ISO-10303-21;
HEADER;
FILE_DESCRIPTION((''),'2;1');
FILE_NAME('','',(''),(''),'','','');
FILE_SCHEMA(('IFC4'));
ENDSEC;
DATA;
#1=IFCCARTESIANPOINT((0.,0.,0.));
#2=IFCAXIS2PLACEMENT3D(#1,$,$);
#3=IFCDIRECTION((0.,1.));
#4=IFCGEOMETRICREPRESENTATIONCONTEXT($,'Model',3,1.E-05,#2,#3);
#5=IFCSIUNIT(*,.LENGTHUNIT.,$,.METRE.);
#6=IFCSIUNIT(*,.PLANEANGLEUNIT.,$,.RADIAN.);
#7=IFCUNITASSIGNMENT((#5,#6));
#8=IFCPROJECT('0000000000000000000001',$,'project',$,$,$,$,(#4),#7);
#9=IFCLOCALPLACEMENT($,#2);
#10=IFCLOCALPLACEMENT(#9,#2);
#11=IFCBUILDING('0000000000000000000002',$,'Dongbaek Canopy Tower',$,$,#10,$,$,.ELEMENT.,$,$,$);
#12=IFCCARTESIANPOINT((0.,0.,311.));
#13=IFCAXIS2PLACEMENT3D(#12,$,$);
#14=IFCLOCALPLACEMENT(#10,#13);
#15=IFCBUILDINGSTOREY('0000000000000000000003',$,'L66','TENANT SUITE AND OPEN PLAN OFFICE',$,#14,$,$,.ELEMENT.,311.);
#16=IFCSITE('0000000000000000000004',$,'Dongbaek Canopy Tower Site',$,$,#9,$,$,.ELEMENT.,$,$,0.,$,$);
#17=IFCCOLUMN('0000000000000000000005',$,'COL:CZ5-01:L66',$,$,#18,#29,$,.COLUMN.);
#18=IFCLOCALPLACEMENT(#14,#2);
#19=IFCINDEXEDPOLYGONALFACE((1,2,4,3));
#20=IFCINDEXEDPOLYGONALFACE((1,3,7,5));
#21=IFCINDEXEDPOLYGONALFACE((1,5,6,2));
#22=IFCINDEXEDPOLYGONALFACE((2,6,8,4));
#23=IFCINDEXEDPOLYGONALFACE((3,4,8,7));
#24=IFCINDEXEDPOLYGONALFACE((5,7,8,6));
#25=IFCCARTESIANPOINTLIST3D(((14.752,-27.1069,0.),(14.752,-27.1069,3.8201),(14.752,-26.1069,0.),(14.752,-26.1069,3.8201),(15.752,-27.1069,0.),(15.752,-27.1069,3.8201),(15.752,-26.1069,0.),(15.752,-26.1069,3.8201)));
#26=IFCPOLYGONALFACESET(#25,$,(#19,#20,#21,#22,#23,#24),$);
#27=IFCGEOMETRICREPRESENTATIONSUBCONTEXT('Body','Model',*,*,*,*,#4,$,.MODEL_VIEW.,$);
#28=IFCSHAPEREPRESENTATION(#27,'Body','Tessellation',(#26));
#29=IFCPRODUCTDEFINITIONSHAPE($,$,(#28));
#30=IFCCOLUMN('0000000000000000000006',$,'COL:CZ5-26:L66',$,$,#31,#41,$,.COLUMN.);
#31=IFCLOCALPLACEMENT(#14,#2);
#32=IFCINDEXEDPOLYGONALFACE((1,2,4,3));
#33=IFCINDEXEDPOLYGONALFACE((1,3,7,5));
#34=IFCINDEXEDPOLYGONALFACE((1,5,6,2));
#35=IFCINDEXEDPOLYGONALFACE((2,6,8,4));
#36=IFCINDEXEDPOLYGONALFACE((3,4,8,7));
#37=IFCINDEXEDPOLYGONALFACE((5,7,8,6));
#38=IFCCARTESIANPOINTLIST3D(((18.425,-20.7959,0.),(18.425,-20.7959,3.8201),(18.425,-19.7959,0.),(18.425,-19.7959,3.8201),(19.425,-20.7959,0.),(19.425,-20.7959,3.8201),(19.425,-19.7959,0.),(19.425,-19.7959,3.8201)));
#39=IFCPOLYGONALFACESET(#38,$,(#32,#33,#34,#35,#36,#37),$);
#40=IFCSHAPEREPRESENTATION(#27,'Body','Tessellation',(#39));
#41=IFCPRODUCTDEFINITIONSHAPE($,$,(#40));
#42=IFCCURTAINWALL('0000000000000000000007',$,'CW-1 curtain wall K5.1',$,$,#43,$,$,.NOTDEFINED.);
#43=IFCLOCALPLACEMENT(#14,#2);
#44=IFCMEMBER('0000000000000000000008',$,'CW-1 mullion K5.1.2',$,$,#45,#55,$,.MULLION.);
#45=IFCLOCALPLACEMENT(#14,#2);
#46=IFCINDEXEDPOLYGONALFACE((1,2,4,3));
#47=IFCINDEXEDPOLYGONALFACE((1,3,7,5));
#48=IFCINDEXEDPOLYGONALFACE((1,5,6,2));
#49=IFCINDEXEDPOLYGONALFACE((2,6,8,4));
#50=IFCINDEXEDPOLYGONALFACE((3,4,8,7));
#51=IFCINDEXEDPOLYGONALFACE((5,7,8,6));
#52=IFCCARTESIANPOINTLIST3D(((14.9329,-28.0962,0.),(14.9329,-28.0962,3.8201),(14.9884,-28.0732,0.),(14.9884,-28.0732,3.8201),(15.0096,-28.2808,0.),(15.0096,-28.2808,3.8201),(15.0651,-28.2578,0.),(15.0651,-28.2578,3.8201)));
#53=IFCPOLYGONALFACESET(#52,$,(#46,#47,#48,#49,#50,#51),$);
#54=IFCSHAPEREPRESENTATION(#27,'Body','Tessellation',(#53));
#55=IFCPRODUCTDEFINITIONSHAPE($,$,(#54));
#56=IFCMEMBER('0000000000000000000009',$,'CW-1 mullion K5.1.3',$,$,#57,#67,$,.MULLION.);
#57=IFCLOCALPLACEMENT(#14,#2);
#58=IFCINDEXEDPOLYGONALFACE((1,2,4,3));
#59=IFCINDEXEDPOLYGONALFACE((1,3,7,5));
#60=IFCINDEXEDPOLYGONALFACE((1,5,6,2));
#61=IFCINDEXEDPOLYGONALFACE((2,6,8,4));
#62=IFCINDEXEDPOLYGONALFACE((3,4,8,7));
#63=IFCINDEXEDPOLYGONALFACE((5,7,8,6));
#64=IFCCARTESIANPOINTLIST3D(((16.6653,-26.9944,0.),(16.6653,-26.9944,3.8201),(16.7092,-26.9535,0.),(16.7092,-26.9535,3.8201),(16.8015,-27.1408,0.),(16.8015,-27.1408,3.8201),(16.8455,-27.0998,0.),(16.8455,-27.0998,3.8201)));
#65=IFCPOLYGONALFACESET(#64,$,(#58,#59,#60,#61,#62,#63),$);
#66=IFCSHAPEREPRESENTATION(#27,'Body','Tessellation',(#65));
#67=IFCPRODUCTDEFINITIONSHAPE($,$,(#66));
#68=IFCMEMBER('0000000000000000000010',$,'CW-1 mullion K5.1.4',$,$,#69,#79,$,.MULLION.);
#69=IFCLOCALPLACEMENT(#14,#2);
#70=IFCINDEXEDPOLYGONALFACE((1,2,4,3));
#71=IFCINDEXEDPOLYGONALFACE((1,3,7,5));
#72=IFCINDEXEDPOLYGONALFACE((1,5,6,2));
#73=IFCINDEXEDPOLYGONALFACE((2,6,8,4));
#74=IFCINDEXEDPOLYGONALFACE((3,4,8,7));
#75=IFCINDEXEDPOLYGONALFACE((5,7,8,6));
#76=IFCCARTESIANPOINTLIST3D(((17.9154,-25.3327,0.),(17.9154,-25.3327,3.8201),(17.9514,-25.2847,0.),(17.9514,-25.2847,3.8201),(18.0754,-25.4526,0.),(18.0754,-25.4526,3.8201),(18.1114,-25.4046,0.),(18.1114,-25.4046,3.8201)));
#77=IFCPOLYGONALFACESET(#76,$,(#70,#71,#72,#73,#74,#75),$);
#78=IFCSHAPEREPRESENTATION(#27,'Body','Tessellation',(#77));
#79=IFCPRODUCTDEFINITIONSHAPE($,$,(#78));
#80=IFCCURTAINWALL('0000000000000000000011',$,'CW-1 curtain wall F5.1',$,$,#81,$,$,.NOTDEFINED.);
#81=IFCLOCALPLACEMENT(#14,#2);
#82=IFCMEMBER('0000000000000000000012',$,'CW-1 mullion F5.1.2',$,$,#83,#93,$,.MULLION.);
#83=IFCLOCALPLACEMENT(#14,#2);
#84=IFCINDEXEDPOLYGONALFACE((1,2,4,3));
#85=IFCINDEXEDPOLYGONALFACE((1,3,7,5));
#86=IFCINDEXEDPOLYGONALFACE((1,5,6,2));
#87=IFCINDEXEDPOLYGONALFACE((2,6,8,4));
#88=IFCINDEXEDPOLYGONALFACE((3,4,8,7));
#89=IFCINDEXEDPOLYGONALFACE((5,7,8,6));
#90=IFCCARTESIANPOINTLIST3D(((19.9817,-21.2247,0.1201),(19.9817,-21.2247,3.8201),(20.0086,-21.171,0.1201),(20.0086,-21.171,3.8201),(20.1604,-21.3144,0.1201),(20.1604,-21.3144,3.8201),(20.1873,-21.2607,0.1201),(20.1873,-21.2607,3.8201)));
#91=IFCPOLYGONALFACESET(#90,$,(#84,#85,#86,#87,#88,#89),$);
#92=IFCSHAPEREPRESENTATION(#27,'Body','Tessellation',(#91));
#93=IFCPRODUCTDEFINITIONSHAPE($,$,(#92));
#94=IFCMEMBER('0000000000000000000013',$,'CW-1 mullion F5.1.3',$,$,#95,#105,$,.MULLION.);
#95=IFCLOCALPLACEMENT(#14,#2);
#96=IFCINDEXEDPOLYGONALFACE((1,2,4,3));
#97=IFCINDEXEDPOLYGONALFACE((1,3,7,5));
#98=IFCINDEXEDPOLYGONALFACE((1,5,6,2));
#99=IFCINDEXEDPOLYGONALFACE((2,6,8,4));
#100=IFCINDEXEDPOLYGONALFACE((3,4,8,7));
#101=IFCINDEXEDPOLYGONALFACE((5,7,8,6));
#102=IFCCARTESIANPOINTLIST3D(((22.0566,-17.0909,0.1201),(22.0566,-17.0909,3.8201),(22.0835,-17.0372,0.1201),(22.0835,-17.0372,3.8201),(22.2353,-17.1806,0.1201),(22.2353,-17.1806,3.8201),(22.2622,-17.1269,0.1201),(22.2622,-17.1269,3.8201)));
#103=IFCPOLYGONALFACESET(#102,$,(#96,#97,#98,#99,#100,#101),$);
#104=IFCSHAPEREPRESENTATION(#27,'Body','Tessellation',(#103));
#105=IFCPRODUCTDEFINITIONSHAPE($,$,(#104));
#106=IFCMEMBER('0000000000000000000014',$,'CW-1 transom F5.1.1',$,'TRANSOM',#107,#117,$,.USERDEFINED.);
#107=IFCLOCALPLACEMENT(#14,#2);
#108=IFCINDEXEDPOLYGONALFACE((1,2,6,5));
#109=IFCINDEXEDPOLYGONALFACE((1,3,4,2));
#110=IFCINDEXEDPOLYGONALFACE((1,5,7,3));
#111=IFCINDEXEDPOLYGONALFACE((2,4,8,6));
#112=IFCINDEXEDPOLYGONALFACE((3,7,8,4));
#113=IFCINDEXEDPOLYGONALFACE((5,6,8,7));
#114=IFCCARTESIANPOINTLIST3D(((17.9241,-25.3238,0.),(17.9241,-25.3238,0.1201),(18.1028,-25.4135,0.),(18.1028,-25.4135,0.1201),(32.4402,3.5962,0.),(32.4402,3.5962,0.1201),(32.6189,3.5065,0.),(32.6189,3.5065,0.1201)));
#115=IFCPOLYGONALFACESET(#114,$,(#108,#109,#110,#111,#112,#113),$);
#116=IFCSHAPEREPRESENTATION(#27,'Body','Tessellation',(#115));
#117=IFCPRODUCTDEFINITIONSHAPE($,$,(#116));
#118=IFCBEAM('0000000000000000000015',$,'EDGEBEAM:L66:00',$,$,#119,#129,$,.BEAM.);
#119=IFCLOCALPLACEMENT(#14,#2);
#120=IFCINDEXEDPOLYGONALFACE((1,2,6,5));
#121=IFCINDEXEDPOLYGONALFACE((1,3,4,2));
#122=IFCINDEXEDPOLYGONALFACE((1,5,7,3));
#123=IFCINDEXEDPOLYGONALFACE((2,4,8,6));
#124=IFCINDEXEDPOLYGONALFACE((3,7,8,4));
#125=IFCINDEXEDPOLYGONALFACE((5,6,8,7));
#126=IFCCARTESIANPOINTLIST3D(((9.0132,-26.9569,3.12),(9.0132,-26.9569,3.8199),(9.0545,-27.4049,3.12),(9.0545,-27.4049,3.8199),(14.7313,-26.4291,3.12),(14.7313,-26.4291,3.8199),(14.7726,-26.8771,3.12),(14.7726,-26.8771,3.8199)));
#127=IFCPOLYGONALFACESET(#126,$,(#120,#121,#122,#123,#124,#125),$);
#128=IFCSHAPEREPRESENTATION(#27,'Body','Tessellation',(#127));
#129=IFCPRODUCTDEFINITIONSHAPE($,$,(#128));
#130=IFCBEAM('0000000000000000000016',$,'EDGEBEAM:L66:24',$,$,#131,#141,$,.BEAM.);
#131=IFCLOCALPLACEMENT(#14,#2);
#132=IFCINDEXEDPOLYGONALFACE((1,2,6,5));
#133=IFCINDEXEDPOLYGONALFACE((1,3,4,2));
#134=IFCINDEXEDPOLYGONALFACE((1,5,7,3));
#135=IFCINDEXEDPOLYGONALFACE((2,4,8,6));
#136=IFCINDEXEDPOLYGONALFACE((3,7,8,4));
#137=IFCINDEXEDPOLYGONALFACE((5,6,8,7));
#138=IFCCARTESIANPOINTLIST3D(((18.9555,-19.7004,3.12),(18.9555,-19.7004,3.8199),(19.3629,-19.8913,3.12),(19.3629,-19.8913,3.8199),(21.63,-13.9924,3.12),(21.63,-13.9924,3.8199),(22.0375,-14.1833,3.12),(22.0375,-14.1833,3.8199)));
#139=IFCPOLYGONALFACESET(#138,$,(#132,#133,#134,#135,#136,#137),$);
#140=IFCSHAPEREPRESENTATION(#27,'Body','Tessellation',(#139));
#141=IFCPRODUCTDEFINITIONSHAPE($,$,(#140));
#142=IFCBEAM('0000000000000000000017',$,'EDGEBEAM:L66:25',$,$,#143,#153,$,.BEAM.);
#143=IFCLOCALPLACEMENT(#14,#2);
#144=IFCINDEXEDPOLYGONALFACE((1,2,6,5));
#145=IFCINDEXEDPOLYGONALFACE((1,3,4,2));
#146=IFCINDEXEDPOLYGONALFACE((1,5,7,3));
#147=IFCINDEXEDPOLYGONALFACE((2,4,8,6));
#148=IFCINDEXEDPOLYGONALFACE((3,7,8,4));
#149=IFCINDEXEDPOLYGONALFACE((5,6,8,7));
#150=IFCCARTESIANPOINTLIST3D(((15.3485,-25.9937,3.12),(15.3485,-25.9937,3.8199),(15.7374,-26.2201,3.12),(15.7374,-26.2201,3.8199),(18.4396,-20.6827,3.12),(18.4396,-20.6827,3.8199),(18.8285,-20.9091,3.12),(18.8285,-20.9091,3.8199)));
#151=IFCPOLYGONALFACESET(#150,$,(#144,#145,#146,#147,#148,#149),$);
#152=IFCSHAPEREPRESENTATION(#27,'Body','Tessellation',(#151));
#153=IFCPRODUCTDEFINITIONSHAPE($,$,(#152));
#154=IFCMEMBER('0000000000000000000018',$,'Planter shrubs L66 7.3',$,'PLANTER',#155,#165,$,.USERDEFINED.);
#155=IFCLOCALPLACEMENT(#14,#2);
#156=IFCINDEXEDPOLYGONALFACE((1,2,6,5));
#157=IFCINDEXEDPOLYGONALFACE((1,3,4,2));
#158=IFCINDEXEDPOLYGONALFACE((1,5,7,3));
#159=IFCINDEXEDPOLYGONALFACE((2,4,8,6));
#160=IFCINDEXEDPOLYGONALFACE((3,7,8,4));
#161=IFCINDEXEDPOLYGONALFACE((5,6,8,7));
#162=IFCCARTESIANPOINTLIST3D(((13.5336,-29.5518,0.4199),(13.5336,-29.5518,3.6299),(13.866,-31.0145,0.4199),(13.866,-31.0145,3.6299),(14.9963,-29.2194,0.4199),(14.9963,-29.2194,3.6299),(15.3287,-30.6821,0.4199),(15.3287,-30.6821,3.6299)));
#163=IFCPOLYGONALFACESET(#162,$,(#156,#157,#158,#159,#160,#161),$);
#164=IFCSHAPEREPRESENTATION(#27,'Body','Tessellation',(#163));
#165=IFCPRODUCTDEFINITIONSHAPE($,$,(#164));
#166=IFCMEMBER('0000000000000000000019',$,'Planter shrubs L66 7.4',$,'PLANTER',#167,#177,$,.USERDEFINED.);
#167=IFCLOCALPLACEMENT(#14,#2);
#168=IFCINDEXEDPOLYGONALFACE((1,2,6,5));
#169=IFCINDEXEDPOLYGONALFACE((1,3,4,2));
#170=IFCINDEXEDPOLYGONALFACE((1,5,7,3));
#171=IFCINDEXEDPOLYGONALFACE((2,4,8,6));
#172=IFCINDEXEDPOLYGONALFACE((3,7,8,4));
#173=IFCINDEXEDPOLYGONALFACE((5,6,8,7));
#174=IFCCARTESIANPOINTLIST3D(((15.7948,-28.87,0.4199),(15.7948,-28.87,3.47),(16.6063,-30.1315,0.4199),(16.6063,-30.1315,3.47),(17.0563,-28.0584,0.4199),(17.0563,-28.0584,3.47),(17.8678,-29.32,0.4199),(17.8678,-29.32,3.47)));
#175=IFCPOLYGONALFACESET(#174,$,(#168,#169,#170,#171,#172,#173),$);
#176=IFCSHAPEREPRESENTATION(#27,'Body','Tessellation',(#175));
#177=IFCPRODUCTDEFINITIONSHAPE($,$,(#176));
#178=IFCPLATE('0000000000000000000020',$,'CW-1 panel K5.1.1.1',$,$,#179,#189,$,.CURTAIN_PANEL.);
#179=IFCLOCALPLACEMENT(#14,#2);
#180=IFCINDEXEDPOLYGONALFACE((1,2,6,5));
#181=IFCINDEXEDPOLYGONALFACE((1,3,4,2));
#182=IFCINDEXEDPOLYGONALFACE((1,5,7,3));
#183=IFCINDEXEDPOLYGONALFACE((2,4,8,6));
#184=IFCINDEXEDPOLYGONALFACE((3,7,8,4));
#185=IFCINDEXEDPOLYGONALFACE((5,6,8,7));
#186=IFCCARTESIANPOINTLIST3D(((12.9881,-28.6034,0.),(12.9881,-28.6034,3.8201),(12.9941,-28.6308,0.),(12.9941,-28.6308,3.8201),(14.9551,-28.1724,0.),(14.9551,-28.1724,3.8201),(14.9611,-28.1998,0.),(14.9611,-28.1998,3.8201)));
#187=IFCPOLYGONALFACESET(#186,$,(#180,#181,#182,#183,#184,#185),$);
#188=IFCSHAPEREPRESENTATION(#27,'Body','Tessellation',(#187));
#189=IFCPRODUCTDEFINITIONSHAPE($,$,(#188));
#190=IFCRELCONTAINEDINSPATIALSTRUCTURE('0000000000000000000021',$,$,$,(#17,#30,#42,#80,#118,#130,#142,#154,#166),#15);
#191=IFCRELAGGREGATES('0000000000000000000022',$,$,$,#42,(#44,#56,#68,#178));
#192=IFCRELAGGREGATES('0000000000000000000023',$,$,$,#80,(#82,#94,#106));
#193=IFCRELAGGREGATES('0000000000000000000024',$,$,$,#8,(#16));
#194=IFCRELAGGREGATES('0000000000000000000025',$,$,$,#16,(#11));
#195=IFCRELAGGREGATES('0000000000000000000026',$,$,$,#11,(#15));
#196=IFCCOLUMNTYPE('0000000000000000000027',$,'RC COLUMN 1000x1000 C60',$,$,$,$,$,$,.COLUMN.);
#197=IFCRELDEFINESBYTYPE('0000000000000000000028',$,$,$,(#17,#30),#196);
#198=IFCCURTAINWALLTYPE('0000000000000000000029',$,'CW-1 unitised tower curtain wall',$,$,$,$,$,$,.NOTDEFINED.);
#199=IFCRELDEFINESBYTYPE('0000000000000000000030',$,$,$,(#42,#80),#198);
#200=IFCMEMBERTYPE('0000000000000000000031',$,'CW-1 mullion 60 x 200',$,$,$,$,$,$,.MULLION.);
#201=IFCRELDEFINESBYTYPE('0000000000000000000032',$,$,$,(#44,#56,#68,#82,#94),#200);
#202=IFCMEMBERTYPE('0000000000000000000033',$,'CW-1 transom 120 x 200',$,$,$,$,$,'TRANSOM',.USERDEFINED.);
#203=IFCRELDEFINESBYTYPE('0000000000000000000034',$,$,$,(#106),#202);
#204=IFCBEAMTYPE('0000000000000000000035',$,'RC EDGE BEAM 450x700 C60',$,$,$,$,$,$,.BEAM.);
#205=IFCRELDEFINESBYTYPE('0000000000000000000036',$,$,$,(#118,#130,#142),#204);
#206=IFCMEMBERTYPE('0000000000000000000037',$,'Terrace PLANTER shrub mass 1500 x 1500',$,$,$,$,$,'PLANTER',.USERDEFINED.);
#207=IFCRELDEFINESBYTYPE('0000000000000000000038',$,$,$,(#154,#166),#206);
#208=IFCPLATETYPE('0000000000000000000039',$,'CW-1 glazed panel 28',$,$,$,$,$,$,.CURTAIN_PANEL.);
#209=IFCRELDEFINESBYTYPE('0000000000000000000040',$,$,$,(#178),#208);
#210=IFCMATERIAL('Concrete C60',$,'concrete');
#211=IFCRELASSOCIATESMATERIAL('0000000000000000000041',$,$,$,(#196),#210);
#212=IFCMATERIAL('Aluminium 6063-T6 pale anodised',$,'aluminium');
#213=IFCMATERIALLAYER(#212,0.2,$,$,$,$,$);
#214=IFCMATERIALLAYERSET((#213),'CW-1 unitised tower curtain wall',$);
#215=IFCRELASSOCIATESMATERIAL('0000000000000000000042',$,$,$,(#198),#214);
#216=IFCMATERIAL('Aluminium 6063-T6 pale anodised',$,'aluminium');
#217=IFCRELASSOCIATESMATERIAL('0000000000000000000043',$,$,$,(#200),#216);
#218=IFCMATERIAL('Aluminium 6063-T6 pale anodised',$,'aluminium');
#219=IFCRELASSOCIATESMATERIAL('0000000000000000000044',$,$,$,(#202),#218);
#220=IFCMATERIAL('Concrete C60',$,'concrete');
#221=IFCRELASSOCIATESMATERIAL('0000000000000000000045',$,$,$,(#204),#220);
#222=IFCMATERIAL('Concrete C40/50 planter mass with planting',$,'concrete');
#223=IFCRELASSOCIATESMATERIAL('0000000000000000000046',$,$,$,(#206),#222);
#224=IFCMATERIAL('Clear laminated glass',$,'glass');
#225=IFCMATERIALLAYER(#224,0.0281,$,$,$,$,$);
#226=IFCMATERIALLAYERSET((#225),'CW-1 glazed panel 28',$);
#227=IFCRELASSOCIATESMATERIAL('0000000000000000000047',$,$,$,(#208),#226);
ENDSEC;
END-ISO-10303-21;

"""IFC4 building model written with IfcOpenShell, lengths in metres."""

from ifc_helpers import new_model, si_unit, direction, frame, origin, origin_2d, place, context, subcontext, project, spatial, rectangle, extrude, material, layer, layer_set, material_profile, profile_set, type_object, element, aggregate, save


model = new_model("IFC4")

# Units and contexts
model_context = context("Model", 3, precision=1e-05, world=origin(), true_north=direction((0.0, 1.0)))
body_context = subcontext(model_context, "Body", "Model", "MODEL_VIEW")
ifc_project = project(units=[si_unit("LENGTHUNIT", "METRE"), si_unit("PLANEANGLEUNIT", "RADIAN")], contexts=[model_context])

# Site, building, storey
site_placement = place(None, origin())
site = spatial("IfcSite", under=ifc_project, at=site_placement, Name="Dongbaek Canopy Tower Site", CompositionType="ELEMENT", RefElevation=0.0)
building_placement = place(site_placement, origin())
building = spatial("IfcBuilding", under=site, at=building_placement, Name="Dongbaek Canopy Tower", CompositionType="ELEMENT")
storey_placement = place(building_placement, frame((0.0, 0.0, 311.0)))
storey = spatial("IfcBuildingStorey", under=building, at=storey_placement, Name="L66", Description="TENANT SUITE AND OPEN PLAN OFFICE", CompositionType="ELEMENT", Elevation=311.0)

# Columns
ifc_material_1 = material(Name="Concrete C60", Category="concrete")
ifc_material_profile_1 = material_profile(ifc_material_1, rectangle(XDim=1.0, YDim=1.0, at=origin_2d()), Name="RC COLUMN 1000x1000 C60")
ifc_profile_set_1 = profile_set([ifc_material_profile_1], Name="Concrete C60")
column_type = type_object("IfcColumnType", Name="RC COLUMN 1000x1000 C60", PredefinedType="COLUMN", material=ifc_profile_set_1)
for number, where, z_axis, x_axis, name in (
    (1, (15.252, -26.6069, 0.0), (0.0, 0.0, 1.0), (1.0, 0.0, 0.0), "COL:CZ5-01:L66"),
    (2, (18.925, -20.2959, 0.0), (0.0, 0.0, 1.0), (1.0, 0.0, 0.0), "COL:CZ5-26:L66"),
):
    element("IfcColumn", number, at=place(storey_placement, frame(where, z_axis=z_axis, x_axis=x_axis)), inside=storey, type_object=column_type, Name=name, PredefinedType="COLUMN", context=body_context, shape_type="SweptSolid", body=[
        extrude(rectangle(XDim=1.0, YDim=1.0, at=origin_2d()), origin(), (0.0, 0.0, 1.0), 3.8201),
    ])

# Curtain walls, members
ifc_material_2 = material(Name="Aluminium 6063-T6 pale anodised", Category="aluminium")
ifc_layer_1 = layer(ifc_material_2, 0.2)
ifc_layer_set_1 = layer_set([ifc_layer_1], Name="CW-1 unitised tower curtain wall")
curtain_wall_type = type_object("IfcCurtainWallType", Name="CW-1 unitised tower curtain wall", PredefinedType="NOTDEFINED", material=ifc_layer_set_1)
curtain_wall_1_placement = place(storey_placement, origin())
curtain_wall_1 = element("IfcCurtainWall", 3, at=curtain_wall_1_placement, inside=storey, type_object=curtain_wall_type, Name="CW-1 curtain wall K5.1", PredefinedType="NOTDEFINED")
ifc_material_3 = material(Name="Aluminium 6063-T6 pale anodised", Category="aluminium")
ifc_material_profile_2 = material_profile(ifc_material_3, rectangle(XDim=0.2, YDim=0.0601, at=origin_2d()), Name="CW-1 mullion 60 x 200")
ifc_profile_set_2 = profile_set([ifc_material_profile_2], Name="Aluminium 6063-T6 pale anodised")
member_type_1 = type_object("IfcMemberType", Name="CW-1 mullion 60 x 200", PredefinedType="MULLION", material=ifc_profile_set_2)
member_1_placement = place(storey_placement, frame((14.999, -28.177, 0.0), z_axis=(0.0, 0.0, 1.0), x_axis=(0.38359, -0.923503, 0.0)))
member_1 = element("IfcMember", 4, at=member_1_placement, type_object=member_type_1, Name="CW-1 mullion K5.1.2", PredefinedType="MULLION", context=body_context, shape_type="SweptSolid", body=[
    extrude(rectangle(XDim=0.2, YDim=0.0601, at=origin_2d()), origin(), (0.0, 0.0, 1.0), 3.8201),
])
member_2_placement = place(storey_placement, frame((16.7554, -27.0471, 0.0), z_axis=(0.0, 0.0, 1.0), x_axis=(0.681375, -0.731934, 0.0)))
member_2 = element("IfcMember", 5, at=member_2_placement, type_object=member_type_1, Name="CW-1 mullion K5.1.3", PredefinedType="MULLION", context=body_context, shape_type="SweptSolid", body=[
    extrude(rectangle(XDim=0.2, YDim=0.0601, at=origin_2d()), origin(), (0.0, 0.0, 1.0), 3.8201),
])
member_3_placement = place(storey_placement, frame((18.0134, -25.3687, 0.0), z_axis=(0.0, 0.0, 1.0), x_axis=(0.800195, -0.59974, 0.0)))
member_3 = element("IfcMember", 6, at=member_3_placement, type_object=member_type_1, Name="CW-1 mullion K5.1.4", PredefinedType="MULLION", context=body_context, shape_type="SweptSolid", body=[
    extrude(rectangle(XDim=0.2, YDim=0.0601, at=origin_2d()), origin(), (0.0, 0.0, 1.0), 3.8201),
])
curtain_wall_2_placement = place(storey_placement, origin())
curtain_wall_2 = element("IfcCurtainWall", 7, at=curtain_wall_2_placement, inside=storey, type_object=curtain_wall_type, Name="CW-1 curtain wall F5.1", PredefinedType="NOTDEFINED")
member_4_placement = place(storey_placement, frame((20.0845, -21.2427, 0.1201), z_axis=(0.0, 0.0, 1.0), x_axis=(0.893733, -0.448598, 0.0)))
member_4 = element("IfcMember", 8, at=member_4_placement, type_object=member_type_1, Name="CW-1 mullion F5.1.2", PredefinedType="MULLION", context=body_context, shape_type="SweptSolid", body=[
    extrude(rectangle(XDim=0.2, YDim=0.0601, at=origin_2d()), origin(), (0.0, 0.0, 1.0), 3.7),
])
member_5_placement = place(storey_placement, frame((22.1594, -17.1089, 0.1201), z_axis=(0.0, 0.0, 1.0), x_axis=(0.893733, -0.448598, 0.0)))
member_5 = element("IfcMember", 9, at=member_5_placement, type_object=member_type_1, Name="CW-1 mullion F5.1.3", PredefinedType="MULLION", context=body_context, shape_type="SweptSolid", body=[
    extrude(rectangle(XDim=0.2, YDim=0.0601, at=origin_2d()), origin(), (0.0, 0.0, 1.0), 3.7),
])
ifc_material_4 = material(Name="Aluminium 6063-T6 pale anodised", Category="aluminium")
ifc_material_profile_3 = material_profile(ifc_material_4, rectangle(XDim=0.2, YDim=0.1201, at=origin_2d()), Name="CW-1 transom 120 x 200")
ifc_profile_set_3 = profile_set([ifc_material_profile_3], Name="Aluminium 6063-T6 pale anodised")
member_type_2 = type_object("IfcMemberType", Name="CW-1 transom 120 x 200", ElementType="TRANSOM", PredefinedType="USERDEFINED", material=ifc_profile_set_3)
member_6_placement = place(storey_placement, frame((18.0134, -25.3687, 0.0601), z_axis=(0.448601, 0.893732, 0.0), x_axis=(-0.893732, 0.448601, 0.0)))
member_6 = element("IfcMember", 10, at=member_6_placement, type_object=member_type_2, Name="CW-1 transom F5.1.1", ObjectType="TRANSOM", PredefinedType="USERDEFINED", context=body_context, shape_type="SweptSolid", body=[
    extrude(rectangle(XDim=0.2, YDim=0.1201, at=origin_2d()), origin(), (0.0, 0.0, 1.0), 32.3586),
])

# Beams
ifc_material_5 = material(Name="Concrete C60", Category="concrete")
ifc_material_profile_4 = material_profile(ifc_material_5, rectangle(XDim=0.45, YDim=0.7, at=origin_2d()), Name="RC EDGE BEAM 450x700 C60")
ifc_profile_set_4 = profile_set([ifc_material_profile_4], Name="Concrete C60")
beam_type = type_object("IfcBeamType", Name="RC EDGE BEAM 450x700 C60", PredefinedType="BEAM", material=ifc_profile_set_4)
beam_1_placement = place(storey_placement, frame((14.752, -26.6531, 3.47), z_axis=(-0.995766, -0.09192, 0.0), x_axis=(0.09192, -0.995766, 0.0)))
element("IfcBeam", 11, at=beam_1_placement, inside=storey, type_object=beam_type, Name="EDGEBEAM:L66:00", PredefinedType="BEAM", context=body_context, shape_type="SweptSolid", body=[
    extrude(rectangle(XDim=0.45, YDim=0.7, at=origin_2d()), origin(), (0.0, 0.0, 1.0), 5.7424),
])
beam_2_placement = place(storey_placement, frame((21.8337, -14.0879, 3.47), z_axis=(-0.424295, -0.905524, 0.0), x_axis=(0.905524, -0.424295, 0.0)))
element("IfcBeam", 12, at=beam_2_placement, inside=storey, type_object=beam_type, Name="EDGEBEAM:L66:24", PredefinedType="BEAM", context=body_context, shape_type="SweptSolid", body=[
    extrude(rectangle(XDim=0.45, YDim=0.7, at=origin_2d()), origin(), (0.0, 0.0, 1.0), 6.3035),
])
beam_3_placement = place(storey_placement, frame((18.634, -20.7959, 3.47), z_axis=(-0.503016, -0.864277, 0.0), x_axis=(0.864277, -0.503016, 0.0)))
element("IfcBeam", 13, at=beam_3_placement, inside=storey, type_object=beam_type, Name="EDGEBEAM:L66:25", PredefinedType="BEAM", context=body_context, shape_type="SweptSolid", body=[
    extrude(rectangle(XDim=0.45, YDim=0.7, at=origin_2d()), origin(), (0.0, 0.0, 1.0), 6.145),
])

# Members
ifc_material_6 = material(Name="Concrete C40/50 planter mass with planting", Category="concrete")
ifc_material_profile_5 = material_profile(ifc_material_6, rectangle(XDim=1.5, YDim=1.5, at=origin_2d()), Name="Terrace PLANTER shrub mass 1500 x 1500")
ifc_profile_set_5 = profile_set([ifc_material_profile_5], Name="Concrete C40/50 planter mass with planting")
member_type_3 = type_object("IfcMemberType", Name="Terrace PLANTER shrub mass 1500 x 1500", ElementType="PLANTER", PredefinedType="USERDEFINED", material=ifc_profile_set_5)
member_7_placement = place(storey_placement, frame((14.4312, -30.1169, 0.4199), z_axis=(0.0, 0.0, 1.0), x_axis=(0.221619, -0.975133, 0.0)))
element("IfcMember", 14, at=member_7_placement, inside=storey, type_object=member_type_3, Name="Planter shrubs L66 7.3", ObjectType="PLANTER", PredefinedType="USERDEFINED", context=body_context, shape_type="SweptSolid", body=[
    extrude(rectangle(XDim=1.5, YDim=1.5, at=origin_2d()), origin(), (0.0, 0.0, 1.0), 3.21),
])
member_8_placement = place(storey_placement, frame((16.8313, -29.095, 0.4199), z_axis=(0.0, 0.0, 1.0), x_axis=(0.541029, -0.841004, 0.0)))
element("IfcMember", 15, at=member_8_placement, inside=storey, type_object=member_type_3, Name="Planter shrubs L66 7.4", ObjectType="PLANTER", PredefinedType="USERDEFINED", context=body_context, shape_type="SweptSolid", body=[
    extrude(rectangle(XDim=1.5, YDim=1.5, at=origin_2d()), origin(), (0.0, 0.0, 1.0), 3.05),
])

# Plate
ifc_material_7 = material(Name="Clear laminated glass", Category="glass")
ifc_layer_2 = layer(ifc_material_7, 0.0281)
ifc_layer_set_2 = layer_set([ifc_layer_2], Name="CW-1 glazed panel 28")
plate_type = type_object("IfcPlateType", Name="CW-1 glazed panel 28", PredefinedType="CURTAIN_PANEL", material=ifc_layer_set_2)
plate_1_placement = place(storey_placement, frame((13.9746, -28.4016, 0.0), z_axis=(0.0, 0.0, 1.0), x_axis=(0.976827, 0.214032, 0.0)))
plate_1 = element("IfcPlate", 16, at=plate_1_placement, type_object=plate_type, Name="CW-1 panel K5.1.1.1", PredefinedType="CURTAIN_PANEL", context=body_context, shape_type="SweptSolid", body=[
    extrude(rectangle(XDim=2.0137, YDim=0.0281, at=origin_2d()), origin(), (0.0, 0.0, 1.0), 3.8201),
])
aggregate(curtain_wall_1, [member_1, member_2, member_3, plate_1])

aggregate(curtain_wall_2, [member_4, member_5, member_6])

save(model, "model.ifc")
